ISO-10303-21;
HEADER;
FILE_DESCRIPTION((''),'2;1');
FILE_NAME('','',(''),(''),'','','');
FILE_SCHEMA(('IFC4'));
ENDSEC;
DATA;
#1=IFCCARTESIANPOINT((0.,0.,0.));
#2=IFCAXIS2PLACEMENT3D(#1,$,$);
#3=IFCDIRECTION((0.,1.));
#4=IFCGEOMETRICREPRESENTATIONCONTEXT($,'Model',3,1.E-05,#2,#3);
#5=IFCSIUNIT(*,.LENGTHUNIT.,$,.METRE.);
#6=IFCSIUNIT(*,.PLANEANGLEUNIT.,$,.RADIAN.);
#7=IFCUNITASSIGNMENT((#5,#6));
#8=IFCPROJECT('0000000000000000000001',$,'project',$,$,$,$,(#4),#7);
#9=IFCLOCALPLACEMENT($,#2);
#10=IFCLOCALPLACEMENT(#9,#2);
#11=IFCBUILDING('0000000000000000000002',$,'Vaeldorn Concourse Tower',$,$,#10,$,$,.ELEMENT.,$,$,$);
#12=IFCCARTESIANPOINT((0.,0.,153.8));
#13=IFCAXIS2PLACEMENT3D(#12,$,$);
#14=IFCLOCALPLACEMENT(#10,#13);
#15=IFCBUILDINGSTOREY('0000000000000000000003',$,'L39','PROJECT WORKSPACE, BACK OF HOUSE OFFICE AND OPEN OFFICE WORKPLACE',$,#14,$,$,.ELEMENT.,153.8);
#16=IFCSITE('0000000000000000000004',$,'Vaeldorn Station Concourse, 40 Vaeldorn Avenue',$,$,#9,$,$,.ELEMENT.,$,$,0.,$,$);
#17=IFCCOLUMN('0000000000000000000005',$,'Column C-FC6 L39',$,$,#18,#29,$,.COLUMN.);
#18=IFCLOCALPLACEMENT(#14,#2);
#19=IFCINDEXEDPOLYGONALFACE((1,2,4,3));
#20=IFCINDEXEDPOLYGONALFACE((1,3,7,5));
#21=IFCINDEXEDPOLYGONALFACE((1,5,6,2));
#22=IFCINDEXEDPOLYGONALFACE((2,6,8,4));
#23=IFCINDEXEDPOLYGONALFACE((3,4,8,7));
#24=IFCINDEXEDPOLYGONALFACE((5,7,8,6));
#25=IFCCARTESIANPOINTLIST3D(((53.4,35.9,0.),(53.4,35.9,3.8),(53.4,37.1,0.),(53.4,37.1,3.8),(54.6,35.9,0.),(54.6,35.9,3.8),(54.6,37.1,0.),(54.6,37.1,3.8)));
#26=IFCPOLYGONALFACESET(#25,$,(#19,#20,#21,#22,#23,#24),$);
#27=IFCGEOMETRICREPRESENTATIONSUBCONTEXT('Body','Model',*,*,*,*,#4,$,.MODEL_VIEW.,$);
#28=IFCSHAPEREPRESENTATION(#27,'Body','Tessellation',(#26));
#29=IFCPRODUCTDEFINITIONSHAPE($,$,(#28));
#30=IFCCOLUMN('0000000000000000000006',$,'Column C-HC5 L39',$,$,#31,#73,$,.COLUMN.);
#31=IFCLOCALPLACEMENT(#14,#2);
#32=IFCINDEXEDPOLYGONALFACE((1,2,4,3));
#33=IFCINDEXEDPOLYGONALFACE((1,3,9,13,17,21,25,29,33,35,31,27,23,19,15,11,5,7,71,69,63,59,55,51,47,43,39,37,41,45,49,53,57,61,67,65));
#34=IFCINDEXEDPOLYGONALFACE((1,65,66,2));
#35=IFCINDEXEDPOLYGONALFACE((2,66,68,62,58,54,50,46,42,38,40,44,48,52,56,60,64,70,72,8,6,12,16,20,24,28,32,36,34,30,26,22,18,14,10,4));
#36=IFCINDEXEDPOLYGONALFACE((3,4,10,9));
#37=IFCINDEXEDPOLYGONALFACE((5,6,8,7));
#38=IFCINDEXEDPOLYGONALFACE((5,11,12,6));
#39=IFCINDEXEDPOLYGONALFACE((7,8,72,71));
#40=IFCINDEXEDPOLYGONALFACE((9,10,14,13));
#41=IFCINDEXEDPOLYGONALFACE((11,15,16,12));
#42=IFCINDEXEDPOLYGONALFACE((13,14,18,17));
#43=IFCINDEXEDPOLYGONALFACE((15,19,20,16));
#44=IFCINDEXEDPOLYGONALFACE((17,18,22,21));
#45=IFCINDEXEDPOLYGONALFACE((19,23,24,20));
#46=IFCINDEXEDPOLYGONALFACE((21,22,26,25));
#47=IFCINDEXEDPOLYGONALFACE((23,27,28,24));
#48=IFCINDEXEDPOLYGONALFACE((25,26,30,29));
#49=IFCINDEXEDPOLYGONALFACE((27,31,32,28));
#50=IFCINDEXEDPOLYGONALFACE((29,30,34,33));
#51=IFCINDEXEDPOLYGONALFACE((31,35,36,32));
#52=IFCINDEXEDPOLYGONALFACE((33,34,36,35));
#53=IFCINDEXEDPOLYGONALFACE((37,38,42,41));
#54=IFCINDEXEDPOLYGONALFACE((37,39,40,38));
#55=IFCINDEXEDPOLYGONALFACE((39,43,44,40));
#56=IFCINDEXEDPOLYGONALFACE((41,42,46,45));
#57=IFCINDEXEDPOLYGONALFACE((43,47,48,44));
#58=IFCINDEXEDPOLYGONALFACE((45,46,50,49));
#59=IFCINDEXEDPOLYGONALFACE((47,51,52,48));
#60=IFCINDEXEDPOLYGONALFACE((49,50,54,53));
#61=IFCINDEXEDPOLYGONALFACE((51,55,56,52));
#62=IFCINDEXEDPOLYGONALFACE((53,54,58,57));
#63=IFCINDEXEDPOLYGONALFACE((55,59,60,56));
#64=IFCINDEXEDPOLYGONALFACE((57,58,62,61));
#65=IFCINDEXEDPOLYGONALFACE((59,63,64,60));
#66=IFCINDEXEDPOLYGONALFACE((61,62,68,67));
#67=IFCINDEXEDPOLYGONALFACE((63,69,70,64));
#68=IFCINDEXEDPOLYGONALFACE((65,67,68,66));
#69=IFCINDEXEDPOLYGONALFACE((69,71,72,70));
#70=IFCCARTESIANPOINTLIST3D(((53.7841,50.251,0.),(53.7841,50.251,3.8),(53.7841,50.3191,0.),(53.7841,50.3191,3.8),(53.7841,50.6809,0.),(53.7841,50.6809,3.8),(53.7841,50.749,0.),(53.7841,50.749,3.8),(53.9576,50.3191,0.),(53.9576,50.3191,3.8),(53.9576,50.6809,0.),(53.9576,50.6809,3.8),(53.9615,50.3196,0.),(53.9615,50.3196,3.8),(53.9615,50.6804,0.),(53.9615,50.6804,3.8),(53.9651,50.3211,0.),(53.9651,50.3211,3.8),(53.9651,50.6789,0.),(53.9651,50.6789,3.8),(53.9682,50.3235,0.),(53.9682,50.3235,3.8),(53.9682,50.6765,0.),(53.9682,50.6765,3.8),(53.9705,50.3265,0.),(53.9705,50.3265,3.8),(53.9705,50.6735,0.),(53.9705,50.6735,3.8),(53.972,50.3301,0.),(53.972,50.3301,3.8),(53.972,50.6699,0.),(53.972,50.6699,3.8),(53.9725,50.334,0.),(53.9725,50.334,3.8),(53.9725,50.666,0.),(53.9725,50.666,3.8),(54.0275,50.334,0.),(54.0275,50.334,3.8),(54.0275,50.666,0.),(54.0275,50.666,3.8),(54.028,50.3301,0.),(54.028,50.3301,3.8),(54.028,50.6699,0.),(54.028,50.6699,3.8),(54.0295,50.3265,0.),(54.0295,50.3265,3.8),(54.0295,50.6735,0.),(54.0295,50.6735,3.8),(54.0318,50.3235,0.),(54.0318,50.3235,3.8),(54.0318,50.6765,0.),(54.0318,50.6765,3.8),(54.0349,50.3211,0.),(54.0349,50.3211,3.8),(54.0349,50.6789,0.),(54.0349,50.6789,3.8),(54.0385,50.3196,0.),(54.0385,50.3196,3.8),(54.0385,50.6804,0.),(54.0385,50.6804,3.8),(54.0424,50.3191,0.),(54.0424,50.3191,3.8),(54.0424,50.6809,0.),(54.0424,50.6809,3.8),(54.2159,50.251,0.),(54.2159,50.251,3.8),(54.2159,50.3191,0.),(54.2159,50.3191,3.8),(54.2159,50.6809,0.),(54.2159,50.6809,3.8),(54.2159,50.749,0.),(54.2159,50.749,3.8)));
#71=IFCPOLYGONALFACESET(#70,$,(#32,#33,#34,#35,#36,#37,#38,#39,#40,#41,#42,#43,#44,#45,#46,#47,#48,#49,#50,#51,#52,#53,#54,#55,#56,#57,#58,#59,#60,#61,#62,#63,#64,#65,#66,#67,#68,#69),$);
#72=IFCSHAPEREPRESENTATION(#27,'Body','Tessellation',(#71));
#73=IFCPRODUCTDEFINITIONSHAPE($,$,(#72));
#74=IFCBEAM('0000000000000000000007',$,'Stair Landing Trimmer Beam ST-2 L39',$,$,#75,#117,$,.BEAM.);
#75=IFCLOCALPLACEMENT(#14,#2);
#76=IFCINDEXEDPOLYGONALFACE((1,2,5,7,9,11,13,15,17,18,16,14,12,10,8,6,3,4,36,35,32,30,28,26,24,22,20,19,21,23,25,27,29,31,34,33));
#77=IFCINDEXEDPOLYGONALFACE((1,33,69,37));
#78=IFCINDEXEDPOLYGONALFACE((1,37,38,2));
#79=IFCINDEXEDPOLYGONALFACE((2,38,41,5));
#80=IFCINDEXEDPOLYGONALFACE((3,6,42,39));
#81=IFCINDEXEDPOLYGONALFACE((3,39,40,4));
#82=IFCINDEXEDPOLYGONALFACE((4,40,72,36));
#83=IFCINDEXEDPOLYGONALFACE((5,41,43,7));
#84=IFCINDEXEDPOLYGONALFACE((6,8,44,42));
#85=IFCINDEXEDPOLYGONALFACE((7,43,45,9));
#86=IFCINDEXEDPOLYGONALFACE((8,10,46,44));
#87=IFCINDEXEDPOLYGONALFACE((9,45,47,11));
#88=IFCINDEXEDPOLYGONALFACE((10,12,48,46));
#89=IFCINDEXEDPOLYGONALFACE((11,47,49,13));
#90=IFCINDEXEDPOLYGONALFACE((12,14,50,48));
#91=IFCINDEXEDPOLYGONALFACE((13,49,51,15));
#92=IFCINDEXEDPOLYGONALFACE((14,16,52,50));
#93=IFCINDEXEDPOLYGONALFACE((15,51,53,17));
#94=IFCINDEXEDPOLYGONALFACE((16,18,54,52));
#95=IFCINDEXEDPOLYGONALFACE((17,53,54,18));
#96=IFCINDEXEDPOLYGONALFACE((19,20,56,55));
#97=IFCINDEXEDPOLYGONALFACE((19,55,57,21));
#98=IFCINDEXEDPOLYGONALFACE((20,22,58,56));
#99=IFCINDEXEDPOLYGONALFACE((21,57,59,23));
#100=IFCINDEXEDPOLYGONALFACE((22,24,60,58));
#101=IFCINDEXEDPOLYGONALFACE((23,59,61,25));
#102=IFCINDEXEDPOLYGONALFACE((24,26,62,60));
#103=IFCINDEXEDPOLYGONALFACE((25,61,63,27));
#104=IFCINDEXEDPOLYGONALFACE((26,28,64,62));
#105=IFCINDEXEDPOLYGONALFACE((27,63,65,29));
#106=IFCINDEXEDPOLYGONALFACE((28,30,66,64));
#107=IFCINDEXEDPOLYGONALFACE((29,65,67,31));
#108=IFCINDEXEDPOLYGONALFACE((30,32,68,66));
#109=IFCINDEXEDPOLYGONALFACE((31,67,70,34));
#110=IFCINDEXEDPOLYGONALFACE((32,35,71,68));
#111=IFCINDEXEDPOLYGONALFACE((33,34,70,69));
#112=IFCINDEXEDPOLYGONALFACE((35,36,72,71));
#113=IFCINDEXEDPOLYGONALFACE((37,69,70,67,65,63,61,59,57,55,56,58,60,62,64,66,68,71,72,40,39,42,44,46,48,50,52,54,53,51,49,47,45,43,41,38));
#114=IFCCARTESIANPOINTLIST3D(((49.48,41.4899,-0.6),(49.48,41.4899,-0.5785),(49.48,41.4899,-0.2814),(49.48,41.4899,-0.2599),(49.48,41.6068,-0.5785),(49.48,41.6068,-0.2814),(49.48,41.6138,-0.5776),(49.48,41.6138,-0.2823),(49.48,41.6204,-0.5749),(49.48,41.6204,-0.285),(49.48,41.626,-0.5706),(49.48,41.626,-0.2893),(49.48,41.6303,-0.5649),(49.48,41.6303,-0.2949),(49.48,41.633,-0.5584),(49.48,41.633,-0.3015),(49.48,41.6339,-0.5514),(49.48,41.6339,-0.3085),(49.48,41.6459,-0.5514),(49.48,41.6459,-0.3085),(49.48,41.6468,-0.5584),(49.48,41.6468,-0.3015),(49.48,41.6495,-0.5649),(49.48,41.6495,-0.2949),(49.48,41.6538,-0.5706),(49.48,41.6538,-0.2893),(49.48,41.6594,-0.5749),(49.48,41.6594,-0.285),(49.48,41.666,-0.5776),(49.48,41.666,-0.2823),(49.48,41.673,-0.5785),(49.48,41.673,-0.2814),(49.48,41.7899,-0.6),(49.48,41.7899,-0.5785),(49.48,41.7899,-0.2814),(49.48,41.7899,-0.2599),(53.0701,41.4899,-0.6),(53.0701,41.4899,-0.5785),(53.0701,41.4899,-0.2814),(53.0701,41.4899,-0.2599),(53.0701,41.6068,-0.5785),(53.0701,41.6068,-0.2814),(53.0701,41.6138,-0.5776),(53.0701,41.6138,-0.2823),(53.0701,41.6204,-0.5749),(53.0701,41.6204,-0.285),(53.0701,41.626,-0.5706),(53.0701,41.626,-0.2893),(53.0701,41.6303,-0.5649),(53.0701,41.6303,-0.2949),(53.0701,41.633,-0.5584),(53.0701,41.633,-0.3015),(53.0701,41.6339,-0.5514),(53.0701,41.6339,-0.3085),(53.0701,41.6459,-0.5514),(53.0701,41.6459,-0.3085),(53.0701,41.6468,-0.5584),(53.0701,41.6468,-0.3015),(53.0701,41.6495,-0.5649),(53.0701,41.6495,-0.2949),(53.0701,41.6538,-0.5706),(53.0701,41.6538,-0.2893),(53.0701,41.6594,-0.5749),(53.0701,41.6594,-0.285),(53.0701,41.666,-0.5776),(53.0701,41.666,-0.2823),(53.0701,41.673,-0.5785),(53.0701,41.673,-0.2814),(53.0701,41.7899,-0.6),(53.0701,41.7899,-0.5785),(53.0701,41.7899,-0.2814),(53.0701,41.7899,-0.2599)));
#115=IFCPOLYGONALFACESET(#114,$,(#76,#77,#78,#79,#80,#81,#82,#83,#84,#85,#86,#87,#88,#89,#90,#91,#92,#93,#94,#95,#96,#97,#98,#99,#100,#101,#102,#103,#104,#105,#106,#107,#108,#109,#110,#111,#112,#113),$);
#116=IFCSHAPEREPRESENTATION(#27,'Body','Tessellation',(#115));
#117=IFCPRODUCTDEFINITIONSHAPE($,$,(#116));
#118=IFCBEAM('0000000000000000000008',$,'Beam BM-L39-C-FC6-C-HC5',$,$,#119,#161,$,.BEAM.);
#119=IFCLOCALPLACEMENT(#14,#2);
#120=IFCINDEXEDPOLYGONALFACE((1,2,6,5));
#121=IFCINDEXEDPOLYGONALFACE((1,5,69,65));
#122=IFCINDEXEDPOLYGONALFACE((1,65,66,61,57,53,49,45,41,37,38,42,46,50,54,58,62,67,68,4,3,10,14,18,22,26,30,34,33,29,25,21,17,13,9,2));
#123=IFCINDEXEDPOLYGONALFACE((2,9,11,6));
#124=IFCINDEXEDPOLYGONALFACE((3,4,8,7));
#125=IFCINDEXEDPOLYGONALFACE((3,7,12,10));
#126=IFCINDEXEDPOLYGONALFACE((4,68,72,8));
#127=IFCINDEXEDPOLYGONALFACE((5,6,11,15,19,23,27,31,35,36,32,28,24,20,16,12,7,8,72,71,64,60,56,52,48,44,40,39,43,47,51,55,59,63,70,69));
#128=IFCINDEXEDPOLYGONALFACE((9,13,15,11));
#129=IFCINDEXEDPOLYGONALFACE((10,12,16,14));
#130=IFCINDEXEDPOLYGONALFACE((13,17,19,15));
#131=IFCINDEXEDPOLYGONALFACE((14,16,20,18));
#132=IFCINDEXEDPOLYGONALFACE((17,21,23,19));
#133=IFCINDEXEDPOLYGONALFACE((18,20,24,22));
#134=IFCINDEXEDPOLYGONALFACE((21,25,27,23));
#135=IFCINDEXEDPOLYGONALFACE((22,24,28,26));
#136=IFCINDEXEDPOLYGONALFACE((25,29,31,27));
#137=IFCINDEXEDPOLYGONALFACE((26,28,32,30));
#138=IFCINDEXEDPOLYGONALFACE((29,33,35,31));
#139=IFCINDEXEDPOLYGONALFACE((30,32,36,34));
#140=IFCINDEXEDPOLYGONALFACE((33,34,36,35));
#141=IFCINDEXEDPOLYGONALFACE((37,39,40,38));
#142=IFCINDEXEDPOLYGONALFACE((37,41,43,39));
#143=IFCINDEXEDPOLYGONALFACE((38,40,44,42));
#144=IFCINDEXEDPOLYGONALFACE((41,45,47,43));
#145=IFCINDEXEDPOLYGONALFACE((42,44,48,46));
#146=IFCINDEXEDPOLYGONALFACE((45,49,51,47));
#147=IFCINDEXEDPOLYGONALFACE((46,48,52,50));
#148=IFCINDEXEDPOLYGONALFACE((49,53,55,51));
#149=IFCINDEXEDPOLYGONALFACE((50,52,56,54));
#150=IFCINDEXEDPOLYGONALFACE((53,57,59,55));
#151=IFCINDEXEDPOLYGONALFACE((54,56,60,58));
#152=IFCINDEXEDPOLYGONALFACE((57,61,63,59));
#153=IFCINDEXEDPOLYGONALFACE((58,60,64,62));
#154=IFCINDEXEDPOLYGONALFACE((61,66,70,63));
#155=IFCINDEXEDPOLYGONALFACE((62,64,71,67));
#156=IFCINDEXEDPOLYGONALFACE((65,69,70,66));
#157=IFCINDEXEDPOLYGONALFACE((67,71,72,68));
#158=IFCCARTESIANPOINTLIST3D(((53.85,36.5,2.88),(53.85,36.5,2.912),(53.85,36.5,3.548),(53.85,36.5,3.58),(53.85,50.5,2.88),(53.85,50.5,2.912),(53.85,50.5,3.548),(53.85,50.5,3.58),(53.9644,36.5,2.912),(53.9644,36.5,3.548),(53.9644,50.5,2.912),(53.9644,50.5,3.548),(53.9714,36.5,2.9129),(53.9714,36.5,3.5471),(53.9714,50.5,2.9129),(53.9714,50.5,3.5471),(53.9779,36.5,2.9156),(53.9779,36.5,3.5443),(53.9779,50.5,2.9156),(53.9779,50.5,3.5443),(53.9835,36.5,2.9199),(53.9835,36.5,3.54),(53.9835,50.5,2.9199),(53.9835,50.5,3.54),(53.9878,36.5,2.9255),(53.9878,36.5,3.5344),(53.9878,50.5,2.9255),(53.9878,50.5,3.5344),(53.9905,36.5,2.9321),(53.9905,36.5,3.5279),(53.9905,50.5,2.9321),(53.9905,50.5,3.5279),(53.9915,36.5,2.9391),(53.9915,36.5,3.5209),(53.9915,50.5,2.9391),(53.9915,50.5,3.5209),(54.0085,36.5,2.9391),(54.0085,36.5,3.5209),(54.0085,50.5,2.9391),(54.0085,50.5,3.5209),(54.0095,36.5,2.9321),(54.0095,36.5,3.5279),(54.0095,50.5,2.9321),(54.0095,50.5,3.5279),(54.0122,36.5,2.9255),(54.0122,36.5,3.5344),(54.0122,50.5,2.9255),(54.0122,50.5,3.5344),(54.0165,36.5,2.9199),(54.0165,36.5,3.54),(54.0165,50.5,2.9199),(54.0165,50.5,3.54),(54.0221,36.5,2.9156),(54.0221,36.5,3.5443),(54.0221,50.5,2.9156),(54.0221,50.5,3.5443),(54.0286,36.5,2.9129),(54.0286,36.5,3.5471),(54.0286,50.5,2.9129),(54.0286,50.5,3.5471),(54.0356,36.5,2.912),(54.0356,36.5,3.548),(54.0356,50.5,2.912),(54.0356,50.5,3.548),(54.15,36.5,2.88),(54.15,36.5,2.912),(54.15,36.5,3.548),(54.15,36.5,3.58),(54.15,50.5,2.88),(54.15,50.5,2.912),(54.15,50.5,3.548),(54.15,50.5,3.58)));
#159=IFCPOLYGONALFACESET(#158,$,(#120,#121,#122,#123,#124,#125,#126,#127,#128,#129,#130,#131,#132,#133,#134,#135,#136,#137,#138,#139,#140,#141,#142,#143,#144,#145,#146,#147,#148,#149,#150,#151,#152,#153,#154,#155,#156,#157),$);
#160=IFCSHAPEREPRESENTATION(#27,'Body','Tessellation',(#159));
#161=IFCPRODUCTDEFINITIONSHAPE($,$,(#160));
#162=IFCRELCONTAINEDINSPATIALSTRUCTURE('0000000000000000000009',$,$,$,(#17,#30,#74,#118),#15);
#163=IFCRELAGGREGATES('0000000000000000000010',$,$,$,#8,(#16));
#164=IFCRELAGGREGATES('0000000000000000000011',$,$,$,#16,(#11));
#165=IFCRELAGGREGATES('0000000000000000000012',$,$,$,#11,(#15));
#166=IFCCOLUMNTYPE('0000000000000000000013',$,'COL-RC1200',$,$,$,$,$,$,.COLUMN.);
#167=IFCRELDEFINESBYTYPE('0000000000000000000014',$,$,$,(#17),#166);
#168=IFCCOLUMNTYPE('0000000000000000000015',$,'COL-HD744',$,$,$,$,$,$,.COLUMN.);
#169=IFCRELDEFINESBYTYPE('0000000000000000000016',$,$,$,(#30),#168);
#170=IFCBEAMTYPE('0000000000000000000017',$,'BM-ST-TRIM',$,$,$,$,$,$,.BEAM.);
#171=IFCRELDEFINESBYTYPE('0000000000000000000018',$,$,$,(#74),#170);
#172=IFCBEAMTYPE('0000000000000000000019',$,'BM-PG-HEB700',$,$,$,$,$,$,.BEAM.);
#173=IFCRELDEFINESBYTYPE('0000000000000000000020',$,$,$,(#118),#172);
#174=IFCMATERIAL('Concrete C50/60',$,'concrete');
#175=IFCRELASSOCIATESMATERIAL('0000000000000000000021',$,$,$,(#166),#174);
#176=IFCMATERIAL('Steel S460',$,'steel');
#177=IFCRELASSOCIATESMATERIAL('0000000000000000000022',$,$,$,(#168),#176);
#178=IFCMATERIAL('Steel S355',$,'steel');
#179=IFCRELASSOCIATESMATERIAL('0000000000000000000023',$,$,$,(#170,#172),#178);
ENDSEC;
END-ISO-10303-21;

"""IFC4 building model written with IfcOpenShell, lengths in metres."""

from ifc_helpers import new_model, si_unit, direction, frame, origin, origin_2d, place, context, subcontext, project, spatial, rectangle, i_section, extrude, source, transform, mapped, material, material_profile, profile_set, type_object, element, save


model = new_model("IFC4")

# Units and contexts
model_context = context("Model", 3, precision=1e-05, world=origin(), true_north=direction((0.0, 1.0)))
body_context = subcontext(model_context, "Body", "Model", "MODEL_VIEW")
ifc_project = project(units=[si_unit("LENGTHUNIT", "METRE"), si_unit("PLANEANGLEUNIT", "RADIAN")], contexts=[model_context])

# Site, building, storey
site_placement = place(None, origin())
site = spatial("IfcSite", under=ifc_project, at=site_placement, Name="Vaeldorn Station Concourse, 40 Vaeldorn Avenue", CompositionType="ELEMENT", RefElevation=0.0)
building_placement = place(site_placement, origin())
building = spatial("IfcBuilding", under=site, at=building_placement, Name="Vaeldorn Concourse Tower", CompositionType="ELEMENT")
storey_placement = place(building_placement, frame((0.0, 0.0, 153.8)))
storey = spatial("IfcBuildingStorey", under=building, at=storey_placement, Name="L39", Description="PROJECT WORKSPACE, BACK OF HOUSE OFFICE AND OPEN OFFICE WORKPLACE", CompositionType="ELEMENT", Elevation=153.8)

# Columns
ifc_material_1 = material(Name="Concrete C50/60", Category="concrete")
ifc_material_profile_1 = material_profile(ifc_material_1, rectangle(XDim=1.2, YDim=1.2, at=origin_2d()), Name="RC 1200x1200")
ifc_profile_set_1 = profile_set([ifc_material_profile_1], Name="Concrete C50/60")
column_type_1 = type_object("IfcColumnType", Name="COL-RC1200", PredefinedType="COLUMN", material=ifc_profile_set_1)
shared_shape_1 = source(origin(), body_context, "Body", "SweptSolid", [
    extrude(rectangle(XDim=1.2, YDim=1.2, at=origin_2d()), origin(), (0.0, 0.0, 1.0), 3.8),
])
column_1_placement = place(storey_placement, frame((54.0, 36.5, 0.0), z_axis=(0.0, 0.0, 1.0), x_axis=(1.0, 0.0, 0.0)))
element("IfcColumn", 1, at=column_1_placement, inside=storey, type_object=column_type_1, Name="Column C-FC6 L39", PredefinedType="COLUMN", context=body_context, shape_type="MappedRepresentation", body=[
    mapped(shared_shape_1, transform((0.0, 0.0, 0.0), scale=1.0)),
])
ifc_material_2 = material(Name="Steel S460", Category="steel")
ifc_material_profile_2 = material_profile(ifc_material_2, i_section(OverallWidth=0.4319, OverallDepth=0.498, WebThickness=0.0549, FlangeThickness=0.0681, FilletRadius=0.0149, at=origin_2d()), Name="HD 400x744")
ifc_profile_set_2 = profile_set([ifc_material_profile_2], Name="Steel S460")
column_type_2 = type_object("IfcColumnType", Name="COL-HD744", PredefinedType="COLUMN", material=ifc_profile_set_2)
shared_shape_2 = source(origin(), body_context, "Body", "SweptSolid", [
    extrude(i_section(OverallWidth=0.4319, OverallDepth=0.498, WebThickness=0.0549, FlangeThickness=0.0681, FilletRadius=0.0149, at=origin_2d()), origin(), (0.0, 0.0, 1.0), 3.8),
])
column_2_placement = place(storey_placement, frame((54.0, 50.5, 0.0), z_axis=(0.0, 0.0, 1.0), x_axis=(1.0, 0.0, 0.0)))
element("IfcColumn", 2, at=column_2_placement, inside=storey, type_object=column_type_2, Name="Column C-HC5 L39", PredefinedType="COLUMN", context=body_context, shape_type="MappedRepresentation", body=[
    mapped(shared_shape_2, transform((0.0, 0.0, 0.0), scale=1.0)),
])

# Beams
ifc_material_3 = material(Name="Steel S355", Category="steel")
ifc_material_profile_3 = material_profile(ifc_material_3, i_section(OverallWidth=0.3, OverallDepth=0.3401, WebThickness=0.012, FlangeThickness=0.0215, FilletRadius=0.0271, at=origin_2d()), Name="HEB 340")
ifc_profile_set_3 = profile_set([ifc_material_profile_3], Name="Steel S355")
beam_type_1 = type_object("IfcBeamType", Name="BM-ST-TRIM", PredefinedType="BEAM", material=ifc_profile_set_3)
shared_shape_3 = source(origin(), body_context, "Body", "SweptSolid", [
    extrude(i_section(OverallWidth=0.3, OverallDepth=0.3401, WebThickness=0.012, FlangeThickness=0.0215, FilletRadius=0.0271, at=origin_2d()), origin(), (0.0, 0.0, 1.0), 3.5901),
])
beam_1_placement = place(storey_placement, frame((49.48, 41.6399, -0.4299), z_axis=(1.0, 0.0, 0.0), x_axis=(0.0, 1.0, 0.0)))
element("IfcBeam", 3, at=beam_1_placement, inside=storey, type_object=beam_type_1, Name="Stair Landing Trimmer Beam ST-2 L39", PredefinedType="BEAM", context=body_context, shape_type="MappedRepresentation", body=[
    mapped(shared_shape_3, transform((0.0, 0.0, 0.0), scale=1.0)),
])
ifc_material_profile_4 = material_profile(ifc_material_3, i_section(OverallWidth=0.3, OverallDepth=0.7, WebThickness=0.0171, FlangeThickness=0.032, FilletRadius=0.0271, at=origin_2d()), Name="HEB 700")
ifc_profile_set_4 = profile_set([ifc_material_profile_4], Name="Steel S355")
beam_type_2 = type_object("IfcBeamType", Name="BM-PG-HEB700", PredefinedType="BEAM", material=ifc_profile_set_4)
shared_shape_4 = source(origin(), body_context, "Body", "SweptSolid", [
    extrude(i_section(OverallWidth=0.3, OverallDepth=0.7, WebThickness=0.0171, FlangeThickness=0.032, FilletRadius=0.0271, at=origin_2d()), origin(), (0.0, 0.0, 1.0), 14.0),
])
beam_2_placement = place(storey_placement, frame((54.0, 36.5, 3.23), z_axis=(0.0, 1.0, 0.0), x_axis=(-1.0, 0.0, 0.0)))
element("IfcBeam", 4, at=beam_2_placement, inside=storey, type_object=beam_type_2, Name="Beam BM-L39-C-FC6-C-HC5", PredefinedType="BEAM", context=body_context, shape_type="MappedRepresentation", body=[
    mapped(shared_shape_4, transform((0.0, 0.0, 0.0), scale=1.0)),
])

save(model, "model.ifc")
